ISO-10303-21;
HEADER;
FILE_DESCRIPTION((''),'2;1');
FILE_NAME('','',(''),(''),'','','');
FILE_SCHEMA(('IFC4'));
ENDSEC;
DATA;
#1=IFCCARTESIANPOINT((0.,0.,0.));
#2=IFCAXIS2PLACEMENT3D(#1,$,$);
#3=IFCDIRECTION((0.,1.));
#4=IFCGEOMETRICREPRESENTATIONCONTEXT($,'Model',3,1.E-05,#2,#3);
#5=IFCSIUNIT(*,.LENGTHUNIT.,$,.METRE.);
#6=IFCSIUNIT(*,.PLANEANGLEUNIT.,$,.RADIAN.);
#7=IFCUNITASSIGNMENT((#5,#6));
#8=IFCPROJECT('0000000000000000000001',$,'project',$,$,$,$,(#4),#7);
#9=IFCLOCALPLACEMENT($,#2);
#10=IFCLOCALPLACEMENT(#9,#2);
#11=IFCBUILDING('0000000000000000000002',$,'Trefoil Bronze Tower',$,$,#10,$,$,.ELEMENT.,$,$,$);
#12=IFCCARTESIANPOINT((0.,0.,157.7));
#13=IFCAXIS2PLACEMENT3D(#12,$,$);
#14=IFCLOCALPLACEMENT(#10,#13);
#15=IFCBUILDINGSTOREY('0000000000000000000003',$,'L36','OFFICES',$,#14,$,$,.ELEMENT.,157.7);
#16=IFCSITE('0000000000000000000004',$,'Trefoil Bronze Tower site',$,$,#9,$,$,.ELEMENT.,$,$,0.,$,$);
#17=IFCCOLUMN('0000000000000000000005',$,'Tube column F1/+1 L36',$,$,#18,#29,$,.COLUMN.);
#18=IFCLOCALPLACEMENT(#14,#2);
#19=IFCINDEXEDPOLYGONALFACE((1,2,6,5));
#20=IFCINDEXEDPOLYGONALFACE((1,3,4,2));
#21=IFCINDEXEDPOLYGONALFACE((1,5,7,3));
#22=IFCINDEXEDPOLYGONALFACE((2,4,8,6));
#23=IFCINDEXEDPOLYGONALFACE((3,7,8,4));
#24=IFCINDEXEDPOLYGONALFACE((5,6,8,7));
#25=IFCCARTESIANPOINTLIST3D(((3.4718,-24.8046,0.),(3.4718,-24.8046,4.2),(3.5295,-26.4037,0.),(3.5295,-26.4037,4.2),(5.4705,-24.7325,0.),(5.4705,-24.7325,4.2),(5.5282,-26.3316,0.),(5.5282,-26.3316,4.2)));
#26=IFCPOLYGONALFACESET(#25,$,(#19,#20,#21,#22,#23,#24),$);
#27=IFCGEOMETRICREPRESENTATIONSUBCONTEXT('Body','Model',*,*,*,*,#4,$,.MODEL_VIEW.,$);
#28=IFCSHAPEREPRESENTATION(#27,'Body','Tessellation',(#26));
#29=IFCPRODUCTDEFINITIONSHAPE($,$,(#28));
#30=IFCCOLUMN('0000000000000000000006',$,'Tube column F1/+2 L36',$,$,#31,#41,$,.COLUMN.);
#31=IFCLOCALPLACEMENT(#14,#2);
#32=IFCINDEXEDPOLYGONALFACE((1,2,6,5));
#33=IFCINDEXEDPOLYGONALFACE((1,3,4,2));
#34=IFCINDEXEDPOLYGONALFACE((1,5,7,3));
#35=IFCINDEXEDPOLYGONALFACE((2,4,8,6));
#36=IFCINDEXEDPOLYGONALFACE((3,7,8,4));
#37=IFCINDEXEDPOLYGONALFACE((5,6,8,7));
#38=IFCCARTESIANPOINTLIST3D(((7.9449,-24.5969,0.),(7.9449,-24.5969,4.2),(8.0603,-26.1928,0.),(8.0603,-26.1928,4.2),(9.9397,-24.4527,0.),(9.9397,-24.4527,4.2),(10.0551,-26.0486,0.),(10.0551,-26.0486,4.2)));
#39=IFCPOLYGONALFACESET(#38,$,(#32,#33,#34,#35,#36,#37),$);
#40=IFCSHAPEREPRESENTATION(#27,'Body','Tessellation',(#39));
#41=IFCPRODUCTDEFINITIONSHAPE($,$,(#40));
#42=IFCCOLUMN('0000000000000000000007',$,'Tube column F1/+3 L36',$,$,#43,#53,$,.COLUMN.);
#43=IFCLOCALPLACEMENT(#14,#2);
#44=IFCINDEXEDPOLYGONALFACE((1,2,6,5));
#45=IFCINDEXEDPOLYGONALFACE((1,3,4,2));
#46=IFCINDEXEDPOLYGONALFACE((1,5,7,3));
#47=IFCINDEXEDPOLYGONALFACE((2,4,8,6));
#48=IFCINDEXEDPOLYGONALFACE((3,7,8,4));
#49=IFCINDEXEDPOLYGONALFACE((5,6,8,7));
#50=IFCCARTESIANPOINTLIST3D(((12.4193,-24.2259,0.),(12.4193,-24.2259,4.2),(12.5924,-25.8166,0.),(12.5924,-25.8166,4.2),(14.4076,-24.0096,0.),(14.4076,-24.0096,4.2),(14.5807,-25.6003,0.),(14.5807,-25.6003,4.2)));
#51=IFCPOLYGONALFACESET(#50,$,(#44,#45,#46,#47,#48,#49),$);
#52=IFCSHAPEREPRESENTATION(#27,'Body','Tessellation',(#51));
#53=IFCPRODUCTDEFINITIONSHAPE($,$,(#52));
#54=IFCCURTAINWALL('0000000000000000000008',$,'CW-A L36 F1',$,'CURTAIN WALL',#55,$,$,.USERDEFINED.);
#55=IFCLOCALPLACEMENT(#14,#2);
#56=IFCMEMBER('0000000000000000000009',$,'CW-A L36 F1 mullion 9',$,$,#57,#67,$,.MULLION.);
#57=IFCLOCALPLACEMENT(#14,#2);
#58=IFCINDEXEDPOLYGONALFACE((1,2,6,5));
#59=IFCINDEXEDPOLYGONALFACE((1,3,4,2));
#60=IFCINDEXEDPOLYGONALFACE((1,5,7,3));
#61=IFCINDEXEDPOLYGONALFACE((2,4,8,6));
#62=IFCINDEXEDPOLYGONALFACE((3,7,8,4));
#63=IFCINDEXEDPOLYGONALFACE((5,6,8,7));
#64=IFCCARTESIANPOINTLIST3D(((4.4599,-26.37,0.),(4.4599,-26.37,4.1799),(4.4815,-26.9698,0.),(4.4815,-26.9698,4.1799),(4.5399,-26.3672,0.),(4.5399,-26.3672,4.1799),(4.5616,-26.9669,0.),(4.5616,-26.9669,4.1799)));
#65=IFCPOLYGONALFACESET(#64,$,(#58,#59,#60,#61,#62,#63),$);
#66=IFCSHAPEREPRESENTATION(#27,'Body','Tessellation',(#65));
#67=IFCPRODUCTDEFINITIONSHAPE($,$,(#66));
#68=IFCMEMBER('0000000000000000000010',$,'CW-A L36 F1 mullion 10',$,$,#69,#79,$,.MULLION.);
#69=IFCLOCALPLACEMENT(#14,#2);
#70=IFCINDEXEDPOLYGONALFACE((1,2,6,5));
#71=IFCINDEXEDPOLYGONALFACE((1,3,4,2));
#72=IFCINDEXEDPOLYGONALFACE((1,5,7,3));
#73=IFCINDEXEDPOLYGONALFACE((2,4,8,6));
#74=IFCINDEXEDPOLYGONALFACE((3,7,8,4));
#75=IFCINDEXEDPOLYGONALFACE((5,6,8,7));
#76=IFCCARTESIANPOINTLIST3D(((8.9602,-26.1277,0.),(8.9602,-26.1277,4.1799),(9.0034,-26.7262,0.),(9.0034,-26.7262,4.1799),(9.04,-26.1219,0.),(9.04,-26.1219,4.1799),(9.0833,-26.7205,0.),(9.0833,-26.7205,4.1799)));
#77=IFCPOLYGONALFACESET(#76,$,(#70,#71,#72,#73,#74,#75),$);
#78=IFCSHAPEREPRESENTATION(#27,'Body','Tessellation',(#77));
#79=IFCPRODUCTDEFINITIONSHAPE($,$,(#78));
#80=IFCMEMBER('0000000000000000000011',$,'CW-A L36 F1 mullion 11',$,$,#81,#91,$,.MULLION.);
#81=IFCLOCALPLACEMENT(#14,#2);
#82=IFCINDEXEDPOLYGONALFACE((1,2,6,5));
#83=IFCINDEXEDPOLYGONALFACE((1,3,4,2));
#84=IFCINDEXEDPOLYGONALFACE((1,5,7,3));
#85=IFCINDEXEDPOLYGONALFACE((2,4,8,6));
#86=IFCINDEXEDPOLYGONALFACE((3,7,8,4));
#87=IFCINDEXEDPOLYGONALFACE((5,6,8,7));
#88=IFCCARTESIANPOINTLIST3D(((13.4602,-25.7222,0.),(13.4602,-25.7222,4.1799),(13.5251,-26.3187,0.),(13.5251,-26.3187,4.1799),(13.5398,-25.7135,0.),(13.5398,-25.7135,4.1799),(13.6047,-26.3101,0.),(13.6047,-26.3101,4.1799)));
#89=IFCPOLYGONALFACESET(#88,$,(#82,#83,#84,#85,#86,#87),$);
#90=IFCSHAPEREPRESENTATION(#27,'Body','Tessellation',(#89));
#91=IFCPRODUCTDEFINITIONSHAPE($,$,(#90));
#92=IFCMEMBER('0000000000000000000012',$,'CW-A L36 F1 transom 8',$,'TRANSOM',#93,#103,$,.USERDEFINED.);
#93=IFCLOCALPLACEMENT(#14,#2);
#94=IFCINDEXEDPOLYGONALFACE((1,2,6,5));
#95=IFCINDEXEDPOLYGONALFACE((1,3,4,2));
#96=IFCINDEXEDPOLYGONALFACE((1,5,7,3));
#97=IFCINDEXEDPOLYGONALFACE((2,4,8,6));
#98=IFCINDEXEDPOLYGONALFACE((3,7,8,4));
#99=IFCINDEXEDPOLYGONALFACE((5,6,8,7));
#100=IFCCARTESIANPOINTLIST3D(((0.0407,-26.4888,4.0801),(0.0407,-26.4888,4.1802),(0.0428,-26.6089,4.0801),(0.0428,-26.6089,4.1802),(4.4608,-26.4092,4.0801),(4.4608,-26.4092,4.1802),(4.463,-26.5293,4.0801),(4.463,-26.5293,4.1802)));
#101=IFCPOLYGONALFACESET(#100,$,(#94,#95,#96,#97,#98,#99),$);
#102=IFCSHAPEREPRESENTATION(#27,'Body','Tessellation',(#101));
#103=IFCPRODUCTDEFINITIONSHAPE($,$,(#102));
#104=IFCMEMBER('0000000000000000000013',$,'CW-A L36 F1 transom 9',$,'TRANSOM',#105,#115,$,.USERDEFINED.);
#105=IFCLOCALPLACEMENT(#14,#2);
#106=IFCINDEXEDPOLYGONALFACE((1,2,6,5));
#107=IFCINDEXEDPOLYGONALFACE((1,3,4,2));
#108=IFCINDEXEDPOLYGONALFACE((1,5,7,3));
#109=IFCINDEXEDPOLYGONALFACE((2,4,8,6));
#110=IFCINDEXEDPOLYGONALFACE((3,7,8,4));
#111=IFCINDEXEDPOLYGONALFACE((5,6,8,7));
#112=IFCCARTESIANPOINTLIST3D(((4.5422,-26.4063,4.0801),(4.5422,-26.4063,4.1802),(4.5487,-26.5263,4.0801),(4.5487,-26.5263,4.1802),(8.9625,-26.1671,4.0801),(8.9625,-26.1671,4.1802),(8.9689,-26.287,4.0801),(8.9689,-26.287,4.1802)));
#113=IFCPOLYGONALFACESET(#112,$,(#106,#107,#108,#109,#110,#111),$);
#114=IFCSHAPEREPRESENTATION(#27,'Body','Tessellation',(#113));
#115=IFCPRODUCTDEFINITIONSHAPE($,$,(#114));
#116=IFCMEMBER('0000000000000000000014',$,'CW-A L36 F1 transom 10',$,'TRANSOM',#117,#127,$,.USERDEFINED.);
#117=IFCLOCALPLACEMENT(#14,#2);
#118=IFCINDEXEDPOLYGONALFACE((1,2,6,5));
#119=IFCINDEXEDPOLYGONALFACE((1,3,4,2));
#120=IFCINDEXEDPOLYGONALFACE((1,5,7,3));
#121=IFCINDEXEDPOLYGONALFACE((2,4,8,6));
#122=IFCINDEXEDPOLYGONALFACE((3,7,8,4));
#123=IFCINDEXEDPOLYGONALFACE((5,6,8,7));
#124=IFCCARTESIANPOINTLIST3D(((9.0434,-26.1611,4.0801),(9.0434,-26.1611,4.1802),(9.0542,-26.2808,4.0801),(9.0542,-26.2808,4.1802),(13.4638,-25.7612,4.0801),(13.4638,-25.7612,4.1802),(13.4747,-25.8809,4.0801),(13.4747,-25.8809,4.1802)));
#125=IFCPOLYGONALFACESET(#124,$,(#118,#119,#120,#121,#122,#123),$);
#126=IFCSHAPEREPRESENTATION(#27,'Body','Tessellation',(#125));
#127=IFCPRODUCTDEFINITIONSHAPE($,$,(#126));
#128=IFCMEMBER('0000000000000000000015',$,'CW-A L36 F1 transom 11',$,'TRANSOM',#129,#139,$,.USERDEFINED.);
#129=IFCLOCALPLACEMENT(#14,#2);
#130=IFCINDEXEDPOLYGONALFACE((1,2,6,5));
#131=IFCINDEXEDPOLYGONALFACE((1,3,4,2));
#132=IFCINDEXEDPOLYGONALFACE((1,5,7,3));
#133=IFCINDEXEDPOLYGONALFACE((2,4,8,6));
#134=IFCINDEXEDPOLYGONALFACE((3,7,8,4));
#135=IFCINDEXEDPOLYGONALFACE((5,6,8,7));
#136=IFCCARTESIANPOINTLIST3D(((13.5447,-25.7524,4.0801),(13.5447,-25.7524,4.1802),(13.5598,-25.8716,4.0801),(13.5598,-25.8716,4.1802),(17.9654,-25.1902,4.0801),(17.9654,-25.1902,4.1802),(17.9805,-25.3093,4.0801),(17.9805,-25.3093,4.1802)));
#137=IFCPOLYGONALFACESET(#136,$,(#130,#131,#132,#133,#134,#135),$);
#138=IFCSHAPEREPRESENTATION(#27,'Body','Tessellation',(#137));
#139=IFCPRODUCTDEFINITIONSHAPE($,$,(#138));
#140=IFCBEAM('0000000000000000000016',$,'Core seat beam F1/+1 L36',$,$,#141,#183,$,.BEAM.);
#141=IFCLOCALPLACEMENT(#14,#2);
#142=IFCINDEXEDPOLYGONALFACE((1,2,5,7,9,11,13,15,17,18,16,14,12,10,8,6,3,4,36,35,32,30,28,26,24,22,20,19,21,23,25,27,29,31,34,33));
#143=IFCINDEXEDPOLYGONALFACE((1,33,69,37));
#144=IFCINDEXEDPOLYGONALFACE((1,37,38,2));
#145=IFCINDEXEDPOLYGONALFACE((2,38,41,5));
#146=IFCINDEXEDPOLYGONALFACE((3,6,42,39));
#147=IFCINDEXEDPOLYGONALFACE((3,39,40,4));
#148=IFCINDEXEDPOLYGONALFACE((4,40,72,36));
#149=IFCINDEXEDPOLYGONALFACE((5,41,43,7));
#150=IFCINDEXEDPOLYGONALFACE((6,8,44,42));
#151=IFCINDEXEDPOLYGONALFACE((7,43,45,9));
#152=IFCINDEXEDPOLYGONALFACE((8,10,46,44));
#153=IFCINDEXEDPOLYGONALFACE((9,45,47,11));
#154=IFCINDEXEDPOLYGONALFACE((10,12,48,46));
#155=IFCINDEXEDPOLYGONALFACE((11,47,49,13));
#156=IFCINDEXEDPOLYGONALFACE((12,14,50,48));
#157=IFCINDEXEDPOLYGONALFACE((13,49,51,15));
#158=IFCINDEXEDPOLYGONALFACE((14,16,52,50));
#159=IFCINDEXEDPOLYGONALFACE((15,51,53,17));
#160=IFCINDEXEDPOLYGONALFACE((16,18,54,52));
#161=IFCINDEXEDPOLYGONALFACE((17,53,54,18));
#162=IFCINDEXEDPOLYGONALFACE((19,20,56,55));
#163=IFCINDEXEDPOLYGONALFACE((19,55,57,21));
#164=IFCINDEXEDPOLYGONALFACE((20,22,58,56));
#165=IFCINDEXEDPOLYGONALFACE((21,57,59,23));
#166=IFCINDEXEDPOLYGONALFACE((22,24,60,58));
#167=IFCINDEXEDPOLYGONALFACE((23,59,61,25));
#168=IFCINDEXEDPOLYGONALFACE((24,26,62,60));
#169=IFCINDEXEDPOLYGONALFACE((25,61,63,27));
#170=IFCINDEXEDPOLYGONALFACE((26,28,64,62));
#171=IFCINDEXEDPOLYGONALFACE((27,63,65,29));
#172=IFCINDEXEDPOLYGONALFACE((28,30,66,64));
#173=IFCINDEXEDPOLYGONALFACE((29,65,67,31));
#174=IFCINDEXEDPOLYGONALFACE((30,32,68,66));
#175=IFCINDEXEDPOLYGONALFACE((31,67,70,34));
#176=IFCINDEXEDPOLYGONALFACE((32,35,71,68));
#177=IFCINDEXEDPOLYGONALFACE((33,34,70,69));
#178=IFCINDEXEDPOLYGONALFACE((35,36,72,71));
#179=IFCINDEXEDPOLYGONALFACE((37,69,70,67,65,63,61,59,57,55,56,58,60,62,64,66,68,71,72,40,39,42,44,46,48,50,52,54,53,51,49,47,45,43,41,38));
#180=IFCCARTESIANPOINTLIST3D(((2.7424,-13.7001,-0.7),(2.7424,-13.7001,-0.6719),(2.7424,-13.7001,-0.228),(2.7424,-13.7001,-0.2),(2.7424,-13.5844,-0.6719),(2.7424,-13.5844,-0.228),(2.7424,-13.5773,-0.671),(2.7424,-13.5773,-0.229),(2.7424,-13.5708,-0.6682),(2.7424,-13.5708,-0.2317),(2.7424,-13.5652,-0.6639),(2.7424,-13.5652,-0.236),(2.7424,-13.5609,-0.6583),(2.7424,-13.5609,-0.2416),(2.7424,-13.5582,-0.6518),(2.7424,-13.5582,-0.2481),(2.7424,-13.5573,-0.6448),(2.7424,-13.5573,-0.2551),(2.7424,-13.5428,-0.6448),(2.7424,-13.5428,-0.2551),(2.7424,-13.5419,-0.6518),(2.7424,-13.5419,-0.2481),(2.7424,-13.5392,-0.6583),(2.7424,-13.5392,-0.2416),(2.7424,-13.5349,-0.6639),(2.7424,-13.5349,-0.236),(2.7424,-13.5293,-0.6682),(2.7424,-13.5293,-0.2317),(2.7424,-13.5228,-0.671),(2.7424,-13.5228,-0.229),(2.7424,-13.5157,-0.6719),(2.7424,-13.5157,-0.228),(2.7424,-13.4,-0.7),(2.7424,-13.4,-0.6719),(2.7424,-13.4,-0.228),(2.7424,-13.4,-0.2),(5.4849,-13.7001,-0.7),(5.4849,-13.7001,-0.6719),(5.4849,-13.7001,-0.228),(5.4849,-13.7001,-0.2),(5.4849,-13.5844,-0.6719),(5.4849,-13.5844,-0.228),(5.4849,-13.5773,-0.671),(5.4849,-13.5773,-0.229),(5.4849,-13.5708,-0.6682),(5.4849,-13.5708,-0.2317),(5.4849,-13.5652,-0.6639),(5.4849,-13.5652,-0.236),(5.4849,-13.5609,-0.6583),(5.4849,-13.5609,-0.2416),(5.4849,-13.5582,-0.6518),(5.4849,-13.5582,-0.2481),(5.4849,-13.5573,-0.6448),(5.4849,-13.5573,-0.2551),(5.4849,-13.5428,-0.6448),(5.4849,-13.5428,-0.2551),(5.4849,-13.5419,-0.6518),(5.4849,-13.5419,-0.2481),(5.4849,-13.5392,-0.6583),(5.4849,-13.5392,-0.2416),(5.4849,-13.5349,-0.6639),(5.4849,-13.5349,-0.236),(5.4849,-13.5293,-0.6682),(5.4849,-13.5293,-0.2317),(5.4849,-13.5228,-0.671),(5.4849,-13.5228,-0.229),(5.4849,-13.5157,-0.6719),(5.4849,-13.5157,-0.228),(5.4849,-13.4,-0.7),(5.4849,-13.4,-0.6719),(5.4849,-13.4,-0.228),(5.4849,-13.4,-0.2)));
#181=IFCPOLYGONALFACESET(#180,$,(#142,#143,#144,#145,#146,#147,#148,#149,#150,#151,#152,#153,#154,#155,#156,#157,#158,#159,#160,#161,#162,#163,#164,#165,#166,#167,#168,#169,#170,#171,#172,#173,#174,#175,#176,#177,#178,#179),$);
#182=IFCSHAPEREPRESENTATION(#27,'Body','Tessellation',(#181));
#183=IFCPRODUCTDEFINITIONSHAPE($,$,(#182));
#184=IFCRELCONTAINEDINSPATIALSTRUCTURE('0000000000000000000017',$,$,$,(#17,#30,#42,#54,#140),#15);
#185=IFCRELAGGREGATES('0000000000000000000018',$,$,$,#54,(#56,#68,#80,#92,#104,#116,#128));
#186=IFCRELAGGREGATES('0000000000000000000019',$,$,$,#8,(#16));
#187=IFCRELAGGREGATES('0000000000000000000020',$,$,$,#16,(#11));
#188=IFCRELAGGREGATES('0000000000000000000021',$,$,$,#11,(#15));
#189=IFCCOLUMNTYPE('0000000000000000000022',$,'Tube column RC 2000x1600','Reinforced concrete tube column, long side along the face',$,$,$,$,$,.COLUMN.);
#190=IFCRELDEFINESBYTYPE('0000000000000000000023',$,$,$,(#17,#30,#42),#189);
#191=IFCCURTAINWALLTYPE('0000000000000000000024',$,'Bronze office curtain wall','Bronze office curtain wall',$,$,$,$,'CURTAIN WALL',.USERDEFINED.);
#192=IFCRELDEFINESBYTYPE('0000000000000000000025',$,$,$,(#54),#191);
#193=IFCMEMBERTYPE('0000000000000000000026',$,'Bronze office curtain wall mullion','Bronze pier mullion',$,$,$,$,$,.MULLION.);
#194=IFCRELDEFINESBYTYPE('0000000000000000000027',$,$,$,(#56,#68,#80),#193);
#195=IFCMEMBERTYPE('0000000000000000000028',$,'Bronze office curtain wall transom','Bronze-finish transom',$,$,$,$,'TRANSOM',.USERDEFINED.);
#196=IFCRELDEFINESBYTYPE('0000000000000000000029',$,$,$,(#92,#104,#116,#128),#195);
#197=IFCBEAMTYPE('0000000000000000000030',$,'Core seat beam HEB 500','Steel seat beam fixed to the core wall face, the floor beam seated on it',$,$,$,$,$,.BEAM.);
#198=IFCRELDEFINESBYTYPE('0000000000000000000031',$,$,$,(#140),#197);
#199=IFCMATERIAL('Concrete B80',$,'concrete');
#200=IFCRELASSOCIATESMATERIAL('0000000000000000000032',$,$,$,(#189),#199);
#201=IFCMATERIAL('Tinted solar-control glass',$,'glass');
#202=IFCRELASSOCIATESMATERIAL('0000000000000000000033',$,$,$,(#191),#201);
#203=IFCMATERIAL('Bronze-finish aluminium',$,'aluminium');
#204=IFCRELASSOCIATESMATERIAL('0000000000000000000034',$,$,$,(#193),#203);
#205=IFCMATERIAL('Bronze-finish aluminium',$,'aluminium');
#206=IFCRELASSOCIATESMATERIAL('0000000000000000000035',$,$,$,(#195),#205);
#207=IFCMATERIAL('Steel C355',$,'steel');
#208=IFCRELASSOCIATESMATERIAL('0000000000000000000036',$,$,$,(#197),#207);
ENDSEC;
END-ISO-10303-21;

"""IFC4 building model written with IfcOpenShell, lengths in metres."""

from ifc_helpers import new_model, si_unit, direction, frame, origin, origin_2d, place, context, subcontext, project, spatial, rectangle, i_section, extrude, material, material_profile, profile_set, type_object, element, aggregate, save


model = new_model("IFC4")

# Units and contexts
model_context = context("Model", 3, precision=1e-05, world=origin(), true_north=direction((0.0, 1.0)))
body_context = subcontext(model_context, "Body", "Model", "MODEL_VIEW")
ifc_project = project(units=[si_unit("LENGTHUNIT", "METRE"), si_unit("PLANEANGLEUNIT", "RADIAN")], contexts=[model_context])

# Site, building, storey
site_placement = place(None, origin())
site = spatial("IfcSite", under=ifc_project, at=site_placement, Name="Trefoil Bronze Tower site", CompositionType="ELEMENT", RefElevation=0.0)
building_placement = place(site_placement, origin())
building = spatial("IfcBuilding", under=site, at=building_placement, Name="Trefoil Bronze Tower", CompositionType="ELEMENT")
storey_placement = place(building_placement, frame((0.0, 0.0, 157.7)))
storey = spatial("IfcBuildingStorey", under=building, at=storey_placement, Name="L36", Description="OFFICES", CompositionType="ELEMENT", Elevation=157.7)

# Columns
ifc_material_1 = material(Name="Concrete B80", Category="concrete")
ifc_material_profile_1 = material_profile(ifc_material_1, rectangle(XDim=2.0, YDim=1.6001, at=origin_2d()), Name="RC 2000x1600")
ifc_profile_set_1 = profile_set([ifc_material_profile_1], Name="Concrete B80")
column_type = type_object("IfcColumnType", Name="Tube column RC 2000x1600", Description="Reinforced concrete tube column, long side along the face", PredefinedType="COLUMN", material=ifc_profile_set_1)
for number, where, z_axis, x_axis, name in (
    (1, (4.5, -25.5681, 0.0), (0.0, 0.0, 1.0), (0.99935, 0.036048, 0.0), "Tube column F1/+1 L36"),
    (2, (9.0, -25.3228, 0.0), (0.0, 0.0, 1.0), (0.997398, 0.072096, 0.0), "Tube column F1/+2 L36"),
    (3, (13.5, -24.9131, 0.0), (0.0, 0.0, 1.0), (0.994135, 0.108144, 0.0), "Tube column F1/+3 L36"),
):
    element("IfcColumn", number, at=place(storey_placement, frame(where, z_axis=z_axis, x_axis=x_axis)), inside=storey, type_object=column_type, Name=name, PredefinedType="COLUMN", context=body_context, shape_type="SweptSolid", body=[
        extrude(rectangle(XDim=2.0, YDim=1.6001, at=origin_2d()), origin(), (0.0, 0.0, 1.0), 4.2),
    ])

# Curtain wall, members
ifc_material_2 = material(Name="Tinted solar-control glass", Category="glass")
curtain_wall_type = type_object("IfcCurtainWallType", Name="Bronze office curtain wall", Description="Bronze office curtain wall", ElementType="CURTAIN WALL", PredefinedType="USERDEFINED", material=ifc_material_2)
curtain_wall_placement = place(storey_placement, origin())
curtain_wall = element("IfcCurtainWall", 4, at=curtain_wall_placement, inside=storey, type_object=curtain_wall_type, Name="CW-A L36 F1", ObjectType="CURTAIN WALL", PredefinedType="USERDEFINED")
ifc_material_3 = material(Name="Bronze-finish aluminium", Category="aluminium")
ifc_material_profile_2 = material_profile(ifc_material_3, rectangle(XDim=0.6001, YDim=0.0801, at=origin_2d()), Name="CW-A mullion")
ifc_profile_set_2 = profile_set([ifc_material_profile_2], Name="Bronze-finish aluminium")
member_type_1 = type_object("IfcMemberType", Name="Bronze office curtain wall mullion", Description="Bronze pier mullion", PredefinedType="MULLION", material=ifc_profile_set_2)
member_1_placement = place(storey_placement, frame((4.5107, -26.6685, 0.0), z_axis=(0.0, 0.0, 1.0), x_axis=(-0.036048, 0.99935, 0.0)))
member_1 = element("IfcMember", 5, at=member_1_placement, type_object=member_type_1, Name="CW-A L36 F1 mullion 9", PredefinedType="MULLION", context=body_context, shape_type="SweptSolid", body=[
    extrude(rectangle(XDim=0.6001, YDim=0.0801, at=origin_2d()), origin(), (0.0, 0.0, 1.0), 4.1799),
])
member_2_placement = place(storey_placement, frame((9.0217, -26.4241, 0.0), z_axis=(0.0, 0.0, 1.0), x_axis=(-0.072096, 0.997398, 0.0)))
member_2 = element("IfcMember", 6, at=member_2_placement, type_object=member_type_1, Name="CW-A L36 F1 mullion 10", PredefinedType="MULLION", context=body_context, shape_type="SweptSolid", body=[
    extrude(rectangle(XDim=0.6001, YDim=0.0801, at=origin_2d()), origin(), (0.0, 0.0, 1.0), 4.1799),
])
member_3_placement = place(storey_placement, frame((13.5325, -26.0161, 0.0), z_axis=(0.0, 0.0, 1.0), x_axis=(-0.108144, 0.994135, 0.0)))
member_3 = element("IfcMember", 7, at=member_3_placement, type_object=member_type_1, Name="CW-A L36 F1 mullion 11", PredefinedType="MULLION", context=body_context, shape_type="SweptSolid", body=[
    extrude(rectangle(XDim=0.6001, YDim=0.0801, at=origin_2d()), origin(), (0.0, 0.0, 1.0), 4.1799),
])
ifc_material_4 = material(Name="Bronze-finish aluminium", Category="aluminium")
ifc_material_profile_3 = material_profile(ifc_material_4, rectangle(XDim=0.1201, YDim=0.1001, at=origin_2d()), Name="CW-A transom")
ifc_profile_set_3 = profile_set([ifc_material_profile_3], Name="Bronze-finish aluminium")
member_type_2 = type_object("IfcMemberType", Name="Bronze office curtain wall transom", Description="Bronze-finish transom", ElementType="TRANSOM", PredefinedType="USERDEFINED", material=ifc_profile_set_3)
member_4_placement = place(storey_placement, frame((0.0417, -26.5488, 4.1301), z_axis=(0.999838, 0.018003, 0.0), x_axis=(-0.018003, 0.999838, 0.0)))
member_4 = element("IfcMember", 8, at=member_4_placement, type_object=member_type_2, Name="CW-A L36 F1 transom 8", ObjectType="TRANSOM", PredefinedType="USERDEFINED", context=body_context, shape_type="SweptSolid", body=[
    extrude(rectangle(XDim=0.1201, YDim=0.1001, at=origin_2d()), origin(), (0.0, 0.0, 1.0), 4.4209),
])
member_5_placement = place(storey_placement, frame((4.5454, -26.4663, 4.1301), z_axis=(0.998538, 0.05405, 0.0), x_axis=(-0.05405, 0.998538, 0.0)))
member_5 = element("IfcMember", 9, at=member_5_placement, type_object=member_type_2, Name="CW-A L36 F1 transom 9", ObjectType="TRANSOM", PredefinedType="USERDEFINED", context=body_context, shape_type="SweptSolid", body=[
    extrude(rectangle(XDim=0.1201, YDim=0.1001, at=origin_2d()), origin(), (0.0, 0.0, 1.0), 4.4268),
])
member_6_placement = place(storey_placement, frame((9.0488, -26.2209, 4.1301), z_axis=(0.995933, 0.090099, 0.0), x_axis=(-0.090099, 0.995933, 0.0)))
member_6 = element("IfcMember", 10, at=member_6_placement, type_object=member_type_2, Name="CW-A L36 F1 transom 10", ObjectType="TRANSOM", PredefinedType="USERDEFINED", context=body_context, shape_type="SweptSolid", body=[
    extrude(rectangle(XDim=0.1201, YDim=0.1001, at=origin_2d()), origin(), (0.0, 0.0, 1.0), 4.4385),
])
member_7_placement = place(storey_placement, frame((13.5522, -25.812, 4.1301), z_axis=(0.992008, 0.126172, 0.0), x_axis=(-0.126172, 0.992008, 0.0)))
member_7 = element("IfcMember", 11, at=member_7_placement, type_object=member_type_2, Name="CW-A L36 F1 transom 11", ObjectType="TRANSOM", PredefinedType="USERDEFINED", context=body_context, shape_type="SweptSolid", body=[
    extrude(rectangle(XDim=0.1201, YDim=0.1001, at=origin_2d()), origin(), (0.0, 0.0, 1.0), 4.4563),
])

# Beam
ifc_material_5 = material(Name="Steel C355", Category="steel")
ifc_material_profile_4 = material_profile(ifc_material_5, i_section(OverallWidth=0.3, OverallDepth=0.5, WebThickness=0.0144, FlangeThickness=0.0281, FilletRadius=0.0271, at=origin_2d()), Name="HEB 500")
ifc_profile_set_4 = profile_set([ifc_material_profile_4], Name="Steel C355")
beam_type_1 = type_object("IfcBeamType", Name="Core seat beam HEB 500", Description="Steel seat beam fixed to the core wall face, the floor beam seated on it", PredefinedType="BEAM", material=ifc_profile_set_4)
for number, where, z_axis, x_axis, name in (
    (12, (2.7424, -13.55, -0.45), (1.0, 0.0, 0.0), (0.0, 1.0, 0.0), "Core seat beam F1/+1 L36"),
):
    element("IfcBeam", number, at=place(storey_placement, frame(where, z_axis=z_axis, x_axis=x_axis)), inside=storey, type_object=beam_type_1, Name=name, PredefinedType="BEAM", context=body_context, shape_type="SweptSolid", body=[
        extrude(i_section(OverallWidth=0.3, OverallDepth=0.5, WebThickness=0.0144, FlangeThickness=0.0281, FilletRadius=0.0271, at=origin_2d()), origin(), (0.0, 0.0, 1.0), 2.7424),
    ])

aggregate(curtain_wall, [member_1, member_2, member_3, member_4, member_5, member_6, member_7])

save(model, "model.ifc")
